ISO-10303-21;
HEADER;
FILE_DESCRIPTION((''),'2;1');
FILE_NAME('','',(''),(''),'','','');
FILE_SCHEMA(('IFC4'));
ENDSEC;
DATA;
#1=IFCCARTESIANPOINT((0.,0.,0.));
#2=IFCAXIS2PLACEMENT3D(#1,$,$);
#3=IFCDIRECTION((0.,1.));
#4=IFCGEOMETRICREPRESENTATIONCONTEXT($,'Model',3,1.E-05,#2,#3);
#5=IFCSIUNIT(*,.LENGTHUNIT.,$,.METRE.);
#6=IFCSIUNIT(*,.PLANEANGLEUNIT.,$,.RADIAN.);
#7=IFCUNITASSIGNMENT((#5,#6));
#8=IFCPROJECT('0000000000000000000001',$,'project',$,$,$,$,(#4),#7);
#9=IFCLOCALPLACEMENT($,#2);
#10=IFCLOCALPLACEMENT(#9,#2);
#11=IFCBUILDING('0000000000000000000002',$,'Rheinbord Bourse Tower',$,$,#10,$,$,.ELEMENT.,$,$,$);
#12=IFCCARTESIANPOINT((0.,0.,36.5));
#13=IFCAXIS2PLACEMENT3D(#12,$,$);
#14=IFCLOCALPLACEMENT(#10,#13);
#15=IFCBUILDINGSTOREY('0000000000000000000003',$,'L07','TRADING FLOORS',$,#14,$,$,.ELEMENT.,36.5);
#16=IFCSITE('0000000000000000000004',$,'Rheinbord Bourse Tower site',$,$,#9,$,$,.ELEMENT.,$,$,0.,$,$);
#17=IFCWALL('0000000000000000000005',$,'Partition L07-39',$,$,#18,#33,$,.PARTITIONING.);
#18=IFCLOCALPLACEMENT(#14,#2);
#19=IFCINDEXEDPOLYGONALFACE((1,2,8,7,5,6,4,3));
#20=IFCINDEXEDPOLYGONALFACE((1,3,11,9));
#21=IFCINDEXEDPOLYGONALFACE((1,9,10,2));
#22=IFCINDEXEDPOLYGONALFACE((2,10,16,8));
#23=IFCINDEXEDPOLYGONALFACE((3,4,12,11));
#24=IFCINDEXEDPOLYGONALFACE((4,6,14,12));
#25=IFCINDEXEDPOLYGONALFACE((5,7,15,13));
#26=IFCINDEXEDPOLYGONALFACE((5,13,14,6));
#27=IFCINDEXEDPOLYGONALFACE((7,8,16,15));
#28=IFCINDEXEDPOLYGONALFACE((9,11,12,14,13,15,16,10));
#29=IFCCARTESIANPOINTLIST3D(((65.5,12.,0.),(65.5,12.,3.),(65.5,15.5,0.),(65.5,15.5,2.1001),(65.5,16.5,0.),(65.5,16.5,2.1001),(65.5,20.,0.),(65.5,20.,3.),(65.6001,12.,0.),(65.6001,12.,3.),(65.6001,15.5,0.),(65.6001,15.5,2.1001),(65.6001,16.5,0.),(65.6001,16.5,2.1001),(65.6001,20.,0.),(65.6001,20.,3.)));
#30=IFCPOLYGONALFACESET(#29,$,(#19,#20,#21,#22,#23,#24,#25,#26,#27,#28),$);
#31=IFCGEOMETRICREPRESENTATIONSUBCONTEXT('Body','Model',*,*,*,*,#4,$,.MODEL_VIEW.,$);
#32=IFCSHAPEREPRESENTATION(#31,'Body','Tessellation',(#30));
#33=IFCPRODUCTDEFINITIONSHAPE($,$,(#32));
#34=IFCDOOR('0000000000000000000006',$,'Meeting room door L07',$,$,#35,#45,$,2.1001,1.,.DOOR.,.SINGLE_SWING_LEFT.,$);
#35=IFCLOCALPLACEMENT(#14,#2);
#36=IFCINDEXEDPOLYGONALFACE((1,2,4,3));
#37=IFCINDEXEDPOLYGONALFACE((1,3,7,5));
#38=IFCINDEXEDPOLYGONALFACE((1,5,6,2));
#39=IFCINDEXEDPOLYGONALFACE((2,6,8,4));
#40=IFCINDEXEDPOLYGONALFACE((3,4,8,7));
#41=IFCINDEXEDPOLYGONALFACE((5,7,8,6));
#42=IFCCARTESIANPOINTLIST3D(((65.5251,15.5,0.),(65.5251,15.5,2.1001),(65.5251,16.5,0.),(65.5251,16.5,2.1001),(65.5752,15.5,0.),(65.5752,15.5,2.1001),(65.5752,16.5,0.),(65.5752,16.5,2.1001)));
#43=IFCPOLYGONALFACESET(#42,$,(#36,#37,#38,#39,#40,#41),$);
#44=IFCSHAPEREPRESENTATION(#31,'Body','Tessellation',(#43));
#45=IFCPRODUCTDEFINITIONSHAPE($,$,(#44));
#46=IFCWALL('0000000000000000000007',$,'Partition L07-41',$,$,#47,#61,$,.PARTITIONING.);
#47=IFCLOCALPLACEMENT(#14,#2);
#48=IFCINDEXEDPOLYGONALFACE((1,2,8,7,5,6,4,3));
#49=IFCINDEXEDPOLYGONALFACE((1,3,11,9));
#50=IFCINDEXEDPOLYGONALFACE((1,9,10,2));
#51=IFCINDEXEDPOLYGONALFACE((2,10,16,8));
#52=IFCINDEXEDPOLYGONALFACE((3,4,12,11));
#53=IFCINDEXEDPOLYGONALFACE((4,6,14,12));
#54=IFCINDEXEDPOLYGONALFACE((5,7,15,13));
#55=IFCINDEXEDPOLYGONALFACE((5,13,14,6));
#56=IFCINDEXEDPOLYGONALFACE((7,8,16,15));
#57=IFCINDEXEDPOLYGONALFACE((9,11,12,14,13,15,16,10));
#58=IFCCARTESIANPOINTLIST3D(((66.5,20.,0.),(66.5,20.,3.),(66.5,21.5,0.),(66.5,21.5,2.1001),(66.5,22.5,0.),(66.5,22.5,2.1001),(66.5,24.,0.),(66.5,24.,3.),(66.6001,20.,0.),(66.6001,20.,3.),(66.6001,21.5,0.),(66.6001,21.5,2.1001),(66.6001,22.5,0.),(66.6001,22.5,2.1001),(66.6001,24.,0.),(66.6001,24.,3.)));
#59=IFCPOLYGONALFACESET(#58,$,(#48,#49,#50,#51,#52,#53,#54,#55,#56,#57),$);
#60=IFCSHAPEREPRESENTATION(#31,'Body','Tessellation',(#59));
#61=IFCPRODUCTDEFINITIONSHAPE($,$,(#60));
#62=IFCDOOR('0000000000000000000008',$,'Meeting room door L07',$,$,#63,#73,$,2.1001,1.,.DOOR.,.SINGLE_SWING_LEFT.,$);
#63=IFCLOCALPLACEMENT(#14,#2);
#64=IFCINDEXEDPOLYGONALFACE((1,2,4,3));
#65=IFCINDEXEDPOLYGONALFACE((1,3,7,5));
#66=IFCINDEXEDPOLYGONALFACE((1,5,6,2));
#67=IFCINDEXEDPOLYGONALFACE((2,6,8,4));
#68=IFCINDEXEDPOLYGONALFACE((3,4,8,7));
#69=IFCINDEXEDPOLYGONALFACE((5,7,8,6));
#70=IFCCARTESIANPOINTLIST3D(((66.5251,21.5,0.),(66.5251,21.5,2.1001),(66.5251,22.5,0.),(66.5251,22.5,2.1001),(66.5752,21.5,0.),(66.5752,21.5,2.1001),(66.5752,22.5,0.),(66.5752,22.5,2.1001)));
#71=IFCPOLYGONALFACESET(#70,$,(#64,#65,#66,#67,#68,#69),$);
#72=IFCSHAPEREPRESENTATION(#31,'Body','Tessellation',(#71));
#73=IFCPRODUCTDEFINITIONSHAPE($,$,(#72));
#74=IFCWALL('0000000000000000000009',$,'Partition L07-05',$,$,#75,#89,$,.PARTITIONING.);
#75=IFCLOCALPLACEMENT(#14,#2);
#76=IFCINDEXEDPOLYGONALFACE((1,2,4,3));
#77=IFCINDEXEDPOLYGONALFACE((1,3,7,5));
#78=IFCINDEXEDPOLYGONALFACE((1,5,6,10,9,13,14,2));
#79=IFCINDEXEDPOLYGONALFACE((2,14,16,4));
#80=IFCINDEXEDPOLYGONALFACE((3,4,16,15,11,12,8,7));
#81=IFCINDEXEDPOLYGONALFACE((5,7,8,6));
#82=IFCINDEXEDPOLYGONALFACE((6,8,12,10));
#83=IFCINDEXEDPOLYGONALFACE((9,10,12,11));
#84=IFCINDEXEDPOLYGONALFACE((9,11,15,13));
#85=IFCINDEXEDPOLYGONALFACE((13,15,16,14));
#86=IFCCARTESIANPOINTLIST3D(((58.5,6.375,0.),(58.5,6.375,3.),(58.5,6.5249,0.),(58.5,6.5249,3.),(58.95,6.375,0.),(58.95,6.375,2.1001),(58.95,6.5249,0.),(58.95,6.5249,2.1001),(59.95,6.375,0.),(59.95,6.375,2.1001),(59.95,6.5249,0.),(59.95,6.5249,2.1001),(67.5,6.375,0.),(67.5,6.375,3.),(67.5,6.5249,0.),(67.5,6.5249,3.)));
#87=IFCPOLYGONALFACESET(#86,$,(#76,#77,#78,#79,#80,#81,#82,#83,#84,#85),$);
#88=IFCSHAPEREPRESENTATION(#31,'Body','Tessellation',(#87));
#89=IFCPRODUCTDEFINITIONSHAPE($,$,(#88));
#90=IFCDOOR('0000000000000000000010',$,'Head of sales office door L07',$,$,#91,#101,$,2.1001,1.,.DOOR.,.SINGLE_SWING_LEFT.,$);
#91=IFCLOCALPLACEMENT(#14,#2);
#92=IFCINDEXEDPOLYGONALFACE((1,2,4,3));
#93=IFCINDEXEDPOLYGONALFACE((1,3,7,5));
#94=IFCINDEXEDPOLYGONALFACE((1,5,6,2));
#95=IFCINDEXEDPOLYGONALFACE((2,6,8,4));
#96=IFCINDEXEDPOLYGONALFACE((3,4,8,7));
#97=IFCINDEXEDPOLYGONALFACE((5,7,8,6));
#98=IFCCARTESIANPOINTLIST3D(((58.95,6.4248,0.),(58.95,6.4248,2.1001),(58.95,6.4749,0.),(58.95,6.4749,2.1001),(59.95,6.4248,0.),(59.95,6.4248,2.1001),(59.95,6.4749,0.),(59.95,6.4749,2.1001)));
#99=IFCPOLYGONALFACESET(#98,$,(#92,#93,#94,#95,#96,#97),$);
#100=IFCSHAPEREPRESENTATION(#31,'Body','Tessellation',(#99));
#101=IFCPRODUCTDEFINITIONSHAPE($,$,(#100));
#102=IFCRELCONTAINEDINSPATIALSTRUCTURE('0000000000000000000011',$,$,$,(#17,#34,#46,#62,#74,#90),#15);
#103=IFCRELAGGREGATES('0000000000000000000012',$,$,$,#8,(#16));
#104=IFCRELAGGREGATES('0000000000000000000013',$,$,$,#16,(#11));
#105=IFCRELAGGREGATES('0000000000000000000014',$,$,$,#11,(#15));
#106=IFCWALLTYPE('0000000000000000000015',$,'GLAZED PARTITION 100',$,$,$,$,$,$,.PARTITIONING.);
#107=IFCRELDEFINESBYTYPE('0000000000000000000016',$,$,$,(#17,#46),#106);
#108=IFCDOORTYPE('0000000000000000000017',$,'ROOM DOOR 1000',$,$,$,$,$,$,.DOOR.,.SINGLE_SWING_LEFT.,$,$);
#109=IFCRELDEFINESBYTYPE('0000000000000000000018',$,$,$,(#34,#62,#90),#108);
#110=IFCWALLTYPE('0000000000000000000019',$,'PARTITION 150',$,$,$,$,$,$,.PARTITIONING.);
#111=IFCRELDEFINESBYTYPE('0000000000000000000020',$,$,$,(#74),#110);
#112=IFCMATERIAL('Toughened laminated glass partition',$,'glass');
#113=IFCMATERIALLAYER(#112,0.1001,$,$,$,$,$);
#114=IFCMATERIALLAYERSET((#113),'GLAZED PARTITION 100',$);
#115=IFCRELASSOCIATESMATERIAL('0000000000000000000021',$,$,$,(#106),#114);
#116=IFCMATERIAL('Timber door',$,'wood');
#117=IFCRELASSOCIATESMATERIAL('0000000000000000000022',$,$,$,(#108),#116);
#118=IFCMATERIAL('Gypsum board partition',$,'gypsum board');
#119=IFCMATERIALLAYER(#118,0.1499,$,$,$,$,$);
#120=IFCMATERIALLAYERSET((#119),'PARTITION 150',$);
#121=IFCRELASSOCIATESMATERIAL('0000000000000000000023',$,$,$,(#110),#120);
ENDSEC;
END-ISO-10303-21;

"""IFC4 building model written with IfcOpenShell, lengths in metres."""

from ifc_helpers import new_model, si_unit, direction, frame, frame_2d, origin, place, context, subcontext, project, spatial, rectangle, extrude, material, layer, layer_set, type_object, element, fill, save


model = new_model("IFC4")

# Units and contexts
model_context = context("Model", 3, precision=1e-05, world=origin(), true_north=direction((0.0, 1.0)))
body_context = subcontext(model_context, "Body", "Model", "MODEL_VIEW")
ifc_project = project(units=[si_unit("LENGTHUNIT", "METRE"), si_unit("PLANEANGLEUNIT", "RADIAN")], contexts=[model_context])

# Site, building, storey
site_placement = place(None, origin())
site = spatial("IfcSite", under=ifc_project, at=site_placement, Name="Rheinbord Bourse Tower site", CompositionType="ELEMENT", RefElevation=0.0)
building_placement = place(site_placement, origin())
building = spatial("IfcBuilding", under=site, at=building_placement, Name="Rheinbord Bourse Tower", CompositionType="ELEMENT")
storey_placement = place(building_placement, frame((0.0, 0.0, 36.5)))
storey = spatial("IfcBuildingStorey", under=building, at=storey_placement, Name="L07", Description="TRADING FLOORS", CompositionType="ELEMENT", Elevation=36.5)

# Shared definitions
ifc_material_1 = material(Name="Toughened laminated glass partition", Category="glass")
ifc_layer_1 = layer(ifc_material_1, 0.1001)
ifc_layer_set_1 = layer_set([ifc_layer_1], Name="GLAZED PARTITION 100")
wall_type_1 = type_object("IfcWallType", Name="GLAZED PARTITION 100", PredefinedType="PARTITIONING", material=ifc_layer_set_1)

# Walls, openings, doors
wall_1_placement = place(storey_placement, frame((65.55, 12.0, 0.0), z_axis=(0.0, 0.0, 1.0), x_axis=(0.0, 1.0, 0.0)))
wall_1 = element("IfcWall", 1, at=wall_1_placement, inside=storey, type_object=wall_type_1, Name="Partition L07-39", PredefinedType="PARTITIONING", context=body_context, shape_type="SweptSolid", body=[
    extrude(rectangle(XDim=8.0, YDim=0.1001, at=frame_2d((4.0, 0.0))), origin(), (0.0, 0.0, 1.0), 3.0),
])
opening_1_placement = place(wall_1_placement, frame((3.5, 0.0, 0.0)))
opening_1 = element("IfcOpeningElement", 2, at=opening_1_placement, cuts=wall_1, PredefinedType="OPENING", context=body_context, shape_type="SweptSolid", body=[
    extrude(rectangle(XDim=1.0, YDim=2.1001, at=frame_2d((0.5, 1.05))), frame((0.0, 0.0601, 0.0), z_axis=(0.0, -1.0, 0.0), x_axis=(1.0, 0.0, 0.0)), (0.0, 0.0, 1.0), 0.1201),
])
ifc_material_2 = material(Name="Timber door", Category="wood")
door_type = type_object("IfcDoorType", Name="ROOM DOOR 1000", OperationType="SINGLE_SWING_LEFT", PredefinedType="DOOR", material=ifc_material_2)
door_1_placement = place(opening_1_placement, origin())
door_1 = element("IfcDoor", 3, at=door_1_placement, inside=storey, type_object=door_type, Name="Meeting room door L07", OperationType="SINGLE_SWING_LEFT", OverallHeight=2.1001, OverallWidth=1.0, PredefinedType="DOOR", context=body_context, shape_type="SweptSolid", body=[
    extrude(rectangle(XDim=1.0, YDim=2.1001, at=frame_2d((0.5, 1.05))), frame((0.0, 0.0249, 0.0), z_axis=(0.0, -1.0, 0.0), x_axis=(1.0, 0.0, 0.0)), (0.0, 0.0, 1.0), 0.05),
])
fill(opening_1, door_1)
wall_2_placement = place(storey_placement, frame((66.55, 20.0, 0.0), z_axis=(0.0, 0.0, 1.0), x_axis=(0.0, 1.0, 0.0)))
wall_2 = element("IfcWall", 4, at=wall_2_placement, inside=storey, type_object=wall_type_1, Name="Partition L07-41", PredefinedType="PARTITIONING", context=body_context, shape_type="SweptSolid", body=[
    extrude(rectangle(XDim=4.0, YDim=0.1001, at=frame_2d((2.0, 0.0))), origin(), (0.0, 0.0, 1.0), 3.0),
])
opening_2_placement = place(wall_2_placement, frame((1.5, 0.0, 0.0)))
opening_2 = element("IfcOpeningElement", 5, at=opening_2_placement, cuts=wall_2, PredefinedType="OPENING", context=body_context, shape_type="SweptSolid", body=[
    extrude(rectangle(XDim=1.0, YDim=2.1001, at=frame_2d((0.5, 1.05))), frame((0.0, 0.0601, 0.0), z_axis=(0.0, -1.0, 0.0), x_axis=(1.0, 0.0, 0.0)), (0.0, 0.0, 1.0), 0.1201),
])
door_2_placement = place(opening_2_placement, origin())
door_2 = element("IfcDoor", 6, at=door_2_placement, inside=storey, type_object=door_type, Name="Meeting room door L07", OperationType="SINGLE_SWING_LEFT", OverallHeight=2.1001, OverallWidth=1.0, PredefinedType="DOOR", context=body_context, shape_type="SweptSolid", body=[
    extrude(rectangle(XDim=1.0, YDim=2.1001, at=frame_2d((0.5, 1.05))), frame((0.0, 0.0249, 0.0), z_axis=(0.0, -1.0, 0.0), x_axis=(1.0, 0.0, 0.0)), (0.0, 0.0, 1.0), 0.05),
])
fill(opening_2, door_2)
ifc_material_3 = material(Name="Gypsum board partition", Category="gypsum board")
ifc_layer_2 = layer(ifc_material_3, 0.1499)
ifc_layer_set_2 = layer_set([ifc_layer_2], Name="PARTITION 150")
wall_type_2 = type_object("IfcWallType", Name="PARTITION 150", PredefinedType="PARTITIONING", material=ifc_layer_set_2)
wall_3_placement = place(storey_placement, frame((58.5, 6.45, 0.0), z_axis=(0.0, 0.0, 1.0), x_axis=(1.0, 0.0, 0.0)))
wall_3 = element("IfcWall", 7, at=wall_3_placement, inside=storey, type_object=wall_type_2, Name="Partition L07-05", PredefinedType="PARTITIONING", context=body_context, shape_type="SweptSolid", body=[
    extrude(rectangle(XDim=9.0, YDim=0.1499, at=frame_2d((4.5, 0.0))), origin(), (0.0, 0.0, 1.0), 3.0),
])
opening_3_placement = place(wall_3_placement, frame((0.45, 0.0, 0.0)))
opening_3 = element("IfcOpeningElement", 8, at=opening_3_placement, cuts=wall_3, PredefinedType="OPENING", context=body_context, shape_type="SweptSolid", body=[
    extrude(rectangle(XDim=1.0, YDim=2.1001, at=frame_2d((0.5, 1.05))), frame((0.0, 0.085, 0.0), z_axis=(0.0, -1.0, 0.0), x_axis=(1.0, 0.0, 0.0)), (0.0, 0.0, 1.0), 0.1699),
])
door_3_placement = place(opening_3_placement, origin())
door_3 = element("IfcDoor", 9, at=door_3_placement, inside=storey, type_object=door_type, Name="Head of sales office door L07", OperationType="SINGLE_SWING_LEFT", OverallHeight=2.1001, OverallWidth=1.0, PredefinedType="DOOR", context=body_context, shape_type="SweptSolid", body=[
    extrude(rectangle(XDim=1.0, YDim=2.1001, at=frame_2d((0.5, 1.05))), frame((0.0, 0.0249, 0.0), z_axis=(0.0, -1.0, 0.0), x_axis=(1.0, 0.0, 0.0)), (0.0, 0.0, 1.0), 0.05),
])
fill(opening_3, door_3)

save(model, "model.ifc")
